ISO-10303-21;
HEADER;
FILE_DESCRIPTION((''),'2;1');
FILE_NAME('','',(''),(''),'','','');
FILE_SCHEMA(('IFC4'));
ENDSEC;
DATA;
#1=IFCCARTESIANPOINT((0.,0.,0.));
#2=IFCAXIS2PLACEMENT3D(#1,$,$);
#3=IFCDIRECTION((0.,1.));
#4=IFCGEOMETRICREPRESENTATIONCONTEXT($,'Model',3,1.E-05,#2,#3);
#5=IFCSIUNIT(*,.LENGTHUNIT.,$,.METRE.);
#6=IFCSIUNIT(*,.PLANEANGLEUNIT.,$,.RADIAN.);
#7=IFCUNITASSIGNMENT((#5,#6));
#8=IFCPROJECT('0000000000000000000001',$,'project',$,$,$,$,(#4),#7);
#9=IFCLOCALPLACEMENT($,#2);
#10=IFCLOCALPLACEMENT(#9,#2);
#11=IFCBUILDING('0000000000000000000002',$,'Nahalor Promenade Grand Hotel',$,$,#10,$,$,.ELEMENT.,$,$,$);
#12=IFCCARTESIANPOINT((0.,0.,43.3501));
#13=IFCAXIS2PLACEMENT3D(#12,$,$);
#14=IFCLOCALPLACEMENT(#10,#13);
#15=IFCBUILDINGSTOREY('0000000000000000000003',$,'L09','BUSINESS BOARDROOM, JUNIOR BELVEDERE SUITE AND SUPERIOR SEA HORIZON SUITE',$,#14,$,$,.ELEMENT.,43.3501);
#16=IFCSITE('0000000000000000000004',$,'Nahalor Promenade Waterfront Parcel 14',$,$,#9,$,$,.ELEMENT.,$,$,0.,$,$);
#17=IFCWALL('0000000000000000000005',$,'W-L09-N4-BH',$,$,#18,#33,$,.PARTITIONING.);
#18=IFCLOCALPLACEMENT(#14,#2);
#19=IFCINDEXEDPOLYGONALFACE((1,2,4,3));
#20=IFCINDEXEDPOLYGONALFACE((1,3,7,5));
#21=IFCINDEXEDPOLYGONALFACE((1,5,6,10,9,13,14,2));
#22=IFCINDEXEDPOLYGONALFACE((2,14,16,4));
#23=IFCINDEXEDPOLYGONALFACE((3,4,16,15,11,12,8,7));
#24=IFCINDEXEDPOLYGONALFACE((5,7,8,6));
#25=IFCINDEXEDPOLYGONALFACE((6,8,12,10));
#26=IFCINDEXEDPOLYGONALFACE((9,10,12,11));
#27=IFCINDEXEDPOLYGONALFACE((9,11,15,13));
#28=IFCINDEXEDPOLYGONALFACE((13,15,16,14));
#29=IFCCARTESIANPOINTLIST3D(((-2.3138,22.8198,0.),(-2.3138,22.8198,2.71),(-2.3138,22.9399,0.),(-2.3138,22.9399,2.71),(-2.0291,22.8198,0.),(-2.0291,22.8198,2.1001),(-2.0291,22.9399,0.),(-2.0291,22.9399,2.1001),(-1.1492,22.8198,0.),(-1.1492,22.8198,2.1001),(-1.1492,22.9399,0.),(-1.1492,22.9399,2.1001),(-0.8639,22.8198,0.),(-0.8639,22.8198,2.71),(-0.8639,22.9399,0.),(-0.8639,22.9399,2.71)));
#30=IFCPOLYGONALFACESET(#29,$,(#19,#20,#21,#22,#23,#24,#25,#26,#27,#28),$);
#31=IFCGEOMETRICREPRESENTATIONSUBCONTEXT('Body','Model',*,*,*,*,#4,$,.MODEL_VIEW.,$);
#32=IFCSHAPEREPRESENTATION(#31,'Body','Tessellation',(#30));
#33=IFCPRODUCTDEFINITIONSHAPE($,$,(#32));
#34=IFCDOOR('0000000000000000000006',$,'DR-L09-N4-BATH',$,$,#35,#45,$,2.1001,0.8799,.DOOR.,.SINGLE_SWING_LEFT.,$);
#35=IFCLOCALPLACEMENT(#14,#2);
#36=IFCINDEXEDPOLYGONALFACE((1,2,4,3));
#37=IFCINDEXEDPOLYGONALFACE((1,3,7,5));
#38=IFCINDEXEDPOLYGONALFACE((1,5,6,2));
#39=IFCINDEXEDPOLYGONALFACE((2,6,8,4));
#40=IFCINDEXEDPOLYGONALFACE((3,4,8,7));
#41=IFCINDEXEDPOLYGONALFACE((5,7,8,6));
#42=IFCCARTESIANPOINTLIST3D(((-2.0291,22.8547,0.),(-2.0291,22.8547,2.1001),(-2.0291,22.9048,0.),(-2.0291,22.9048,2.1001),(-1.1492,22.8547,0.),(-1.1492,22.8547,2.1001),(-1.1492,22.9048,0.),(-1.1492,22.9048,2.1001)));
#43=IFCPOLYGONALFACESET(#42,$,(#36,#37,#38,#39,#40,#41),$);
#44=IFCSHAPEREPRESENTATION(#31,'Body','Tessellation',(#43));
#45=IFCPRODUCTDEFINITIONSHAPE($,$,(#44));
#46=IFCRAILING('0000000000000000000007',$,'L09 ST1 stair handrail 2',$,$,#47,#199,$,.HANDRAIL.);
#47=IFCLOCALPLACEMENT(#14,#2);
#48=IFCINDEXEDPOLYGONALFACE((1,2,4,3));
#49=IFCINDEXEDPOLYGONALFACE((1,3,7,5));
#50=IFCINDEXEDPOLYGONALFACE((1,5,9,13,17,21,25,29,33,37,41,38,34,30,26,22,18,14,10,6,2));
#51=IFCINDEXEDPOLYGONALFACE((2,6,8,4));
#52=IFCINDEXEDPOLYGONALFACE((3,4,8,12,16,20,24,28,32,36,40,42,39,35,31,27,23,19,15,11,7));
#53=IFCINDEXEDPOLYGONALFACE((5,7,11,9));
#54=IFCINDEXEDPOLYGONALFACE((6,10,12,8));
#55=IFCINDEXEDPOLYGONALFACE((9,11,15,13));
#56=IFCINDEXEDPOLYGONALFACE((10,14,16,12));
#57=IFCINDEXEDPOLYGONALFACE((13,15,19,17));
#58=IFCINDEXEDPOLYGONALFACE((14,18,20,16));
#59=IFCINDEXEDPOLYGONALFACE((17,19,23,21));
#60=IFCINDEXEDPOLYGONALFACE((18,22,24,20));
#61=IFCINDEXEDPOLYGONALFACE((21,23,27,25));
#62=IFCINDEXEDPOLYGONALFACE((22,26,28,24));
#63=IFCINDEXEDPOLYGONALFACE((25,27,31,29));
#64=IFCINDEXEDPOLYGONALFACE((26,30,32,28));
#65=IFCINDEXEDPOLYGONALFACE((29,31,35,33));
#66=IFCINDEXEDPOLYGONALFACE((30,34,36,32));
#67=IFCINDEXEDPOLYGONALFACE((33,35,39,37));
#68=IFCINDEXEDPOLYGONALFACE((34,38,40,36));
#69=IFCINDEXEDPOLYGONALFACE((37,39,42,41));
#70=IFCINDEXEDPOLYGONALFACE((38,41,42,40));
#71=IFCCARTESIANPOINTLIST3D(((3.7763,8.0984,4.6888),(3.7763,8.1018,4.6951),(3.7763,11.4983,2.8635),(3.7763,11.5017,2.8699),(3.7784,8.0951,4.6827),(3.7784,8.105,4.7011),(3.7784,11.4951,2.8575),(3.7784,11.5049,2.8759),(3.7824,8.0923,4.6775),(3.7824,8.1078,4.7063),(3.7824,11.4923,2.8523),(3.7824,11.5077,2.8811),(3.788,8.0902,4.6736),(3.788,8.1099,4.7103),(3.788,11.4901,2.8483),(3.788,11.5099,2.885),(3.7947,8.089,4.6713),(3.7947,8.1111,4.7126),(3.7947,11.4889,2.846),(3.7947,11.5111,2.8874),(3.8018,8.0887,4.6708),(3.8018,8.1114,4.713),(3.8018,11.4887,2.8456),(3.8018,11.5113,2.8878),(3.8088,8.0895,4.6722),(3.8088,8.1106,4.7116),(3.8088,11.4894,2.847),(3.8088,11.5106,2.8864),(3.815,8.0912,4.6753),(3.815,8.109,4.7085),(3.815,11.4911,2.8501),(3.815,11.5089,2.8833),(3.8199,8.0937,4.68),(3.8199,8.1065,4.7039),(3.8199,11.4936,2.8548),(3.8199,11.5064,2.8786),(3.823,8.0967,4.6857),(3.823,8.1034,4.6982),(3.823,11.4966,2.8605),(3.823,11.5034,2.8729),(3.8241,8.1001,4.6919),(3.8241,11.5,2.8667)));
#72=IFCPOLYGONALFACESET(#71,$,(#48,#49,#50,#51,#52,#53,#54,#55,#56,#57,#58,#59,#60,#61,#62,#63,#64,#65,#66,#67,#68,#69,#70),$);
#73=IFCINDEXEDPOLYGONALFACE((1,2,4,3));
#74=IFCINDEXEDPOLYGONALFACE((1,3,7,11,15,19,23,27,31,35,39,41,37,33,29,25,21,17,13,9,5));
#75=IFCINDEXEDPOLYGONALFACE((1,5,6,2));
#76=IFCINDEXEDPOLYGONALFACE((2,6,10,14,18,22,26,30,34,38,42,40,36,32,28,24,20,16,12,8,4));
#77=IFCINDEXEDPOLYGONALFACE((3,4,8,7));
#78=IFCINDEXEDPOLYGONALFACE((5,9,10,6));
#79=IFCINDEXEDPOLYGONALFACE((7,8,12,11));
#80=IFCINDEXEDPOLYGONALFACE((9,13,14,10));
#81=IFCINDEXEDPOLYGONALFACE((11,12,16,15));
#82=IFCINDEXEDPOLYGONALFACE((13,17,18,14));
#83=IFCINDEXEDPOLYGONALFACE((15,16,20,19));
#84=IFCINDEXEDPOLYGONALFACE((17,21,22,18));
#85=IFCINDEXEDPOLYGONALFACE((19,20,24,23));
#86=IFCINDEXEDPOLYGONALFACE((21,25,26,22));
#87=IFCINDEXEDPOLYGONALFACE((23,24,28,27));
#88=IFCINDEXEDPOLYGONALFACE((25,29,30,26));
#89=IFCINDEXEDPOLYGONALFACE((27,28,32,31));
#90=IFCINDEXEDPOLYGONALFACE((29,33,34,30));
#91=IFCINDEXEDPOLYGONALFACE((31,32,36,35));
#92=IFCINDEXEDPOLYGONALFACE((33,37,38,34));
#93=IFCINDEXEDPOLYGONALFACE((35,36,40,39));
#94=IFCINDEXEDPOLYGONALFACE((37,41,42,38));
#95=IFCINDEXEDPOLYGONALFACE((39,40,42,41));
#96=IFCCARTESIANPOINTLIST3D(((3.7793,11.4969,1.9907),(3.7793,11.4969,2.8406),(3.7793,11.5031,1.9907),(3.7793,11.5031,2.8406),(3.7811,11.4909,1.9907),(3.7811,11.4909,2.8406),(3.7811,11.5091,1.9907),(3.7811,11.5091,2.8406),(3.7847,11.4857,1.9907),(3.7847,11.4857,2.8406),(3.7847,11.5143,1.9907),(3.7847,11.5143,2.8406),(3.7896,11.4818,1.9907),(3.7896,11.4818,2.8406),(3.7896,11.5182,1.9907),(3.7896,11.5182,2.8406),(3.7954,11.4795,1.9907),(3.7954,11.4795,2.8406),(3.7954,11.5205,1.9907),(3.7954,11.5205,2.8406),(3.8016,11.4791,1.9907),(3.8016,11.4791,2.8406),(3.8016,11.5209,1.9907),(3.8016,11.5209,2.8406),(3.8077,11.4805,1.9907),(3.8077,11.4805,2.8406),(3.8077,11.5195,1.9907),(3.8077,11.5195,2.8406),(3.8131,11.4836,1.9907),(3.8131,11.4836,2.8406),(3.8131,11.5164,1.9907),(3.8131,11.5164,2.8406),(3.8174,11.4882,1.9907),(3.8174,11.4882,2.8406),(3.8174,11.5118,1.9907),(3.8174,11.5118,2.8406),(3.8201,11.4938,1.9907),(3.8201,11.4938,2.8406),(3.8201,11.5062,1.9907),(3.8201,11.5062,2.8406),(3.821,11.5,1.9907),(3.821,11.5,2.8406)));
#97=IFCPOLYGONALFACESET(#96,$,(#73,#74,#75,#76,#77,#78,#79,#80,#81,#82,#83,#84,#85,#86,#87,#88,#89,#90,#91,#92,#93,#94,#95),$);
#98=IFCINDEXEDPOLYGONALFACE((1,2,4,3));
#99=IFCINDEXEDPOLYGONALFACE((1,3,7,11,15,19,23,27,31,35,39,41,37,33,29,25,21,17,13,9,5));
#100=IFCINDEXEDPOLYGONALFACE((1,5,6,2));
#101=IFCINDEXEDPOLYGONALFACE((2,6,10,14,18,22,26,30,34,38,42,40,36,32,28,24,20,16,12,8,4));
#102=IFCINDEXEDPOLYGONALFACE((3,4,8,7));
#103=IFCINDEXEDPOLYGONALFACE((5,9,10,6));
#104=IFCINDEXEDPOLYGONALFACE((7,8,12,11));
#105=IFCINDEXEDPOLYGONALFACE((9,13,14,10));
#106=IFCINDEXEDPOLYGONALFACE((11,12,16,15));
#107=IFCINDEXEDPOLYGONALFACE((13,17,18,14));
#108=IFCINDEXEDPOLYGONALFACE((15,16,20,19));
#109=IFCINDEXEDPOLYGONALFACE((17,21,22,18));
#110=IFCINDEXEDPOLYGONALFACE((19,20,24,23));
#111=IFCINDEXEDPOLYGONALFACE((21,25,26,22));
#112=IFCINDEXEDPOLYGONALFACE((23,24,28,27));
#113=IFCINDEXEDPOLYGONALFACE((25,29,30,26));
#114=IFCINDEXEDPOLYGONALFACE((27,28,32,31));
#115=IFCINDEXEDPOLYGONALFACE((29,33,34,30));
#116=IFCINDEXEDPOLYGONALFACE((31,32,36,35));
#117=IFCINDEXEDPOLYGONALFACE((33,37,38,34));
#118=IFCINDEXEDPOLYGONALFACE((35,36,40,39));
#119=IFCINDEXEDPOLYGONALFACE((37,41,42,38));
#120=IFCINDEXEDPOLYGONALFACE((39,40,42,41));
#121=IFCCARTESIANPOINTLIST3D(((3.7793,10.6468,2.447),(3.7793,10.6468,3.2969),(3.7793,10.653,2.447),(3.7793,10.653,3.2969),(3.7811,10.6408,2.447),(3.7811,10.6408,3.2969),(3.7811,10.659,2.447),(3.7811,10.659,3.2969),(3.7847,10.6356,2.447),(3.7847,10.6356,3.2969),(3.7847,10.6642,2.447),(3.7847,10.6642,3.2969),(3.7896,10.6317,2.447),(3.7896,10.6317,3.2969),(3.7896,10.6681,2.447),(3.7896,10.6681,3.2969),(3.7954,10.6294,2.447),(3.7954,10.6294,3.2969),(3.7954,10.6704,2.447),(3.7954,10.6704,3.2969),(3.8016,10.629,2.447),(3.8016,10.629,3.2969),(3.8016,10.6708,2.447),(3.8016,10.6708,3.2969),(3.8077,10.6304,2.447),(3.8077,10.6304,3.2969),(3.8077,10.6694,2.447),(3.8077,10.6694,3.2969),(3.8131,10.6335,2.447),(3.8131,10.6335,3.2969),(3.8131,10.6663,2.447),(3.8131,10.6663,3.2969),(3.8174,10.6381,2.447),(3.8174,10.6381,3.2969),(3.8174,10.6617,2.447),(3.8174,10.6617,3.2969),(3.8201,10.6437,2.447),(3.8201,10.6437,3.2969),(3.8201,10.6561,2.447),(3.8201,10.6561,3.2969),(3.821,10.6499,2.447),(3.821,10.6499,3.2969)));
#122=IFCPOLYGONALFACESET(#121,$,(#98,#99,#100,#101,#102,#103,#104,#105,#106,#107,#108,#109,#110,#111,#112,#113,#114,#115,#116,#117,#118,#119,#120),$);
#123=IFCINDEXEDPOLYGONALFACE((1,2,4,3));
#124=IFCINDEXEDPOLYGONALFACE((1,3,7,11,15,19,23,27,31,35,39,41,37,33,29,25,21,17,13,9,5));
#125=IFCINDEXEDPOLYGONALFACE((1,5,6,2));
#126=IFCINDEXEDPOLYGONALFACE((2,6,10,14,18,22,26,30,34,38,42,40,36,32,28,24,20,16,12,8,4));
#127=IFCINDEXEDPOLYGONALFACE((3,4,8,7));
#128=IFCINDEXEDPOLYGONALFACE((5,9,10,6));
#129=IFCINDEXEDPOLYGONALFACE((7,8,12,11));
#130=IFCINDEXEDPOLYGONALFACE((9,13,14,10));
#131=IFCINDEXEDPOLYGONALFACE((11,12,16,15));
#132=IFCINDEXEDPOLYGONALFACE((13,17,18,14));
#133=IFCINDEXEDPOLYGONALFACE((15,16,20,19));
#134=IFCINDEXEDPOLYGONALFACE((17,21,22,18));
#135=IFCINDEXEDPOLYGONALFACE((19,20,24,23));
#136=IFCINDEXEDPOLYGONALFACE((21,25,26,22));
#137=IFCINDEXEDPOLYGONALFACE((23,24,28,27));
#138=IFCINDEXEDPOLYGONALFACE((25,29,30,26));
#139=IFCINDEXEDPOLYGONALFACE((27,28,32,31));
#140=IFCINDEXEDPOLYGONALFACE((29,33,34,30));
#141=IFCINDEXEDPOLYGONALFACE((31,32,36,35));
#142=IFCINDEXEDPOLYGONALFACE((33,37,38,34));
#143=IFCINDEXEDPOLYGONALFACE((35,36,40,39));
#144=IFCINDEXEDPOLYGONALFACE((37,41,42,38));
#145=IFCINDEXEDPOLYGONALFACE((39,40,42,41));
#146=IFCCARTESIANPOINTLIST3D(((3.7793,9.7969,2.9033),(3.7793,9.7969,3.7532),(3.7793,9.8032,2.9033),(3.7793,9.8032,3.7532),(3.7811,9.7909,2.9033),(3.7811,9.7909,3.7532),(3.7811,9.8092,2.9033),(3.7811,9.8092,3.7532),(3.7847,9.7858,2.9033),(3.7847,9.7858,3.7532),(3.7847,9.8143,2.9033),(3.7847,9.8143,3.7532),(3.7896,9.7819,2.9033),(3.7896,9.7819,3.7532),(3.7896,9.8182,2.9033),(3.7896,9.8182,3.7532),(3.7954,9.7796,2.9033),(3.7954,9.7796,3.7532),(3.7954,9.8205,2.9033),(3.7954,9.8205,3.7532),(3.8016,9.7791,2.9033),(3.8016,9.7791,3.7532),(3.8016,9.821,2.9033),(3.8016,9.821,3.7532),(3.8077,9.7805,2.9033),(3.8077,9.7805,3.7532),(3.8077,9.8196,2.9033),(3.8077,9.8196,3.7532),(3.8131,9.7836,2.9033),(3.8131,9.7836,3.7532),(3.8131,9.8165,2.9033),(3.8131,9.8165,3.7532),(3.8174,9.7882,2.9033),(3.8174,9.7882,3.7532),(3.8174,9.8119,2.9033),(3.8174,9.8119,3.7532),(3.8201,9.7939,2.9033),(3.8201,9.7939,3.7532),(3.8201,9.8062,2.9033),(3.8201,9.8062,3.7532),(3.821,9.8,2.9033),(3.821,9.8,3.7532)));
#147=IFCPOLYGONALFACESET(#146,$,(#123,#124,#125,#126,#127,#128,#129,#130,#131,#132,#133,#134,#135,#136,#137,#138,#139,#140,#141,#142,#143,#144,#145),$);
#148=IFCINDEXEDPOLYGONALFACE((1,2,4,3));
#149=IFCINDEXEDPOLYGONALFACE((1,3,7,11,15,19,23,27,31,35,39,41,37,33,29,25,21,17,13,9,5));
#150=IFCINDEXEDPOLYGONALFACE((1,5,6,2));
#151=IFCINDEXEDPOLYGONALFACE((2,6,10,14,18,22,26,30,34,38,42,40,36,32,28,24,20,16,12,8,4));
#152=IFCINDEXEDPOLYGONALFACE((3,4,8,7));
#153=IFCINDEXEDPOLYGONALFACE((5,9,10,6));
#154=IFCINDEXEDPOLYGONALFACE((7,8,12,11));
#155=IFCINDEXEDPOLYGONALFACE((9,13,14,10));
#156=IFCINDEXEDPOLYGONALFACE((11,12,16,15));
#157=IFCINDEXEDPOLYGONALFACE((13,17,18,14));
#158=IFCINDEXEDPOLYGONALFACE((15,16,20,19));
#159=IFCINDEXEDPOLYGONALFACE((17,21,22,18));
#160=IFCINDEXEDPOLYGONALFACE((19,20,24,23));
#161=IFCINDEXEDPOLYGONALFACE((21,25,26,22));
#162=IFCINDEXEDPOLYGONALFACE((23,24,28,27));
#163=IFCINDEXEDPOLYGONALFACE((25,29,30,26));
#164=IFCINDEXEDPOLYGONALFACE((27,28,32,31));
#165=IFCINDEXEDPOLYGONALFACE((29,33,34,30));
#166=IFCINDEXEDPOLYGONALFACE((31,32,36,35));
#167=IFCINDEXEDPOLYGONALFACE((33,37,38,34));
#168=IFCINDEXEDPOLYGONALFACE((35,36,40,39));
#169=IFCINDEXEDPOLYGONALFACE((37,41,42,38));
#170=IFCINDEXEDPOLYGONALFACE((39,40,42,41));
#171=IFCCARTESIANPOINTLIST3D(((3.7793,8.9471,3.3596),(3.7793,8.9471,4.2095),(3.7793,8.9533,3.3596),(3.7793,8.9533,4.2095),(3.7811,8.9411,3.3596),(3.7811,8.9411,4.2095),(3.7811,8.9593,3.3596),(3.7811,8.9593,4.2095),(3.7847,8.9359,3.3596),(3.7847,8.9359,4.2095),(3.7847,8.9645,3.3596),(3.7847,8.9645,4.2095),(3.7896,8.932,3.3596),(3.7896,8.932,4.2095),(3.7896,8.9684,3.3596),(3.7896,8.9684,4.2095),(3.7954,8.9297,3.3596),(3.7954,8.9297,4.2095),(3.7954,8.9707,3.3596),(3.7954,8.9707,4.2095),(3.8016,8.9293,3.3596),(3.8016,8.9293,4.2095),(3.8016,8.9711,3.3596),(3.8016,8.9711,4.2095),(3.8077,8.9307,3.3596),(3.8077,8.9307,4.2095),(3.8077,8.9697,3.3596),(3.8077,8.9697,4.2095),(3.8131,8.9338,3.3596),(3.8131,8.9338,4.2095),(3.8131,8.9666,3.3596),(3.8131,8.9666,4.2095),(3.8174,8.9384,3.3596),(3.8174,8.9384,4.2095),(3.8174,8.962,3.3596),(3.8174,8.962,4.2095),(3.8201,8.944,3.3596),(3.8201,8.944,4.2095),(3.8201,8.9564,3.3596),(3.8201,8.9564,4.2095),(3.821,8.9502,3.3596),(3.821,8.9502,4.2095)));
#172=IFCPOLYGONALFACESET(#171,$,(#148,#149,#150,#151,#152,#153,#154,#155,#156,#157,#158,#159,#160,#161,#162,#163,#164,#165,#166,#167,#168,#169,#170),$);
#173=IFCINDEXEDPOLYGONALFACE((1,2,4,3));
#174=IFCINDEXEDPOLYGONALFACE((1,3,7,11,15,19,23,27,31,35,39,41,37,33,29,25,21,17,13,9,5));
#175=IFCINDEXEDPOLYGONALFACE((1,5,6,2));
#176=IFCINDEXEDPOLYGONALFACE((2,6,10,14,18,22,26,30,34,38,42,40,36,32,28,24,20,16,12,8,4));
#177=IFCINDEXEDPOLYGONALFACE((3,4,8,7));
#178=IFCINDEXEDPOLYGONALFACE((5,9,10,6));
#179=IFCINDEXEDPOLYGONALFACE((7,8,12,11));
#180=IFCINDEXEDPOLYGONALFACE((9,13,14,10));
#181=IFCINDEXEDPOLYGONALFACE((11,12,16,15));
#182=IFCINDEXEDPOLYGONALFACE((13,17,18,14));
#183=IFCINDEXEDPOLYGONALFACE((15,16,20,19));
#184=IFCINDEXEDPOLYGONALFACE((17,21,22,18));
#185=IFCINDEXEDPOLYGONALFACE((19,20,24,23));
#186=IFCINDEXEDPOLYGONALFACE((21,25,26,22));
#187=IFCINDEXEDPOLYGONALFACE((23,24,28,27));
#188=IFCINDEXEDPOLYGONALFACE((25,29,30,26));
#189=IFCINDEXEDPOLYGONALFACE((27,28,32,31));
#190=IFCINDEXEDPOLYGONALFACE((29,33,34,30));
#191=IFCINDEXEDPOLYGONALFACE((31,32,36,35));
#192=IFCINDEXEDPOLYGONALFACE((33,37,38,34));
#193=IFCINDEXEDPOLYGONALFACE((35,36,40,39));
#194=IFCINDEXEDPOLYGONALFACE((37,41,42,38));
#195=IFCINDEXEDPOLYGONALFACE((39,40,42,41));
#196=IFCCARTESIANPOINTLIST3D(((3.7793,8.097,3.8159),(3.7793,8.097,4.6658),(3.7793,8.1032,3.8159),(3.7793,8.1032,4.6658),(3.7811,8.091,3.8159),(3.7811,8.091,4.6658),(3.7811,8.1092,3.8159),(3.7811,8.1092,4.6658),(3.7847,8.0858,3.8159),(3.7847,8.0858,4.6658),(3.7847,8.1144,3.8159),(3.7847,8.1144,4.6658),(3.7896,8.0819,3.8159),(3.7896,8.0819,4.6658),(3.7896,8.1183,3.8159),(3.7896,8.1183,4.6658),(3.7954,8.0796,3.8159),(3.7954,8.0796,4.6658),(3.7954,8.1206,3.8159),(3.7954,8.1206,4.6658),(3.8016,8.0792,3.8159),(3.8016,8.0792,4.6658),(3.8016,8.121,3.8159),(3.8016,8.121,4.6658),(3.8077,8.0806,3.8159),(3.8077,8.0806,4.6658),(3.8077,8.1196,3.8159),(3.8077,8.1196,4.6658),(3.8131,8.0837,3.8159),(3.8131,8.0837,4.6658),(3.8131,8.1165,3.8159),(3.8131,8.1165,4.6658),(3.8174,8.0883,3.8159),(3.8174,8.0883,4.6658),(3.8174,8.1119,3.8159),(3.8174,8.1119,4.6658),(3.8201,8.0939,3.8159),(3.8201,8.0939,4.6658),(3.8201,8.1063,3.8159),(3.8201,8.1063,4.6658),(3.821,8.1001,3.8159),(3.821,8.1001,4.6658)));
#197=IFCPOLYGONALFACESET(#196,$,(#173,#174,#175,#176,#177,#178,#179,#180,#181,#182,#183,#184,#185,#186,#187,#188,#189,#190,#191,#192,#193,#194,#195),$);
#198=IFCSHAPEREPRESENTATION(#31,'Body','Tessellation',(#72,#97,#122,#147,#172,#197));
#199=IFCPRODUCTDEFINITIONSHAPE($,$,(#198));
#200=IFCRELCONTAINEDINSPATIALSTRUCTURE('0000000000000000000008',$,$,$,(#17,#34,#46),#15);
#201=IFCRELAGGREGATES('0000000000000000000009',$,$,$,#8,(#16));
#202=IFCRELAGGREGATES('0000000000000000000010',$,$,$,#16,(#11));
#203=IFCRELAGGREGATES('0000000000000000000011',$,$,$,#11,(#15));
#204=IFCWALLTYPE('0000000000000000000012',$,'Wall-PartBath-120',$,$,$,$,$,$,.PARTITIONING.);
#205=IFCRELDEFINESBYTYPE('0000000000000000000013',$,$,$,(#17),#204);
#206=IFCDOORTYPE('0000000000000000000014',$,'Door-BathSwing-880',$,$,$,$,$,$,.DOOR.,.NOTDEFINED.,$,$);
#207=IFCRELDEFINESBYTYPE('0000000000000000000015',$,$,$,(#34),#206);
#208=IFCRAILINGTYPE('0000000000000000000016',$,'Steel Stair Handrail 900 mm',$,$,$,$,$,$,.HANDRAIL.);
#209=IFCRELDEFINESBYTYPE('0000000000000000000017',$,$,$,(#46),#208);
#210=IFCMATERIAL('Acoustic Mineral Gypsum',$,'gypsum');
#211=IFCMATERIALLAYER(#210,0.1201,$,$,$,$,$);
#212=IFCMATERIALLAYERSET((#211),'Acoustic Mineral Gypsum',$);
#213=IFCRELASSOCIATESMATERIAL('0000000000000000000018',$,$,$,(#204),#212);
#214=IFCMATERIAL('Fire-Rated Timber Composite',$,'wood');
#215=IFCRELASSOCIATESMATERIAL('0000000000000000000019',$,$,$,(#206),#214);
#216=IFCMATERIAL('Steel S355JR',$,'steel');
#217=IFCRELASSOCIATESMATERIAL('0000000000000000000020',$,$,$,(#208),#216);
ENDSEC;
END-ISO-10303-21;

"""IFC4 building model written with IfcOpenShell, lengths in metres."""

from ifc_helpers import new_model, si_unit, direction, frame, frame_2d, origin, origin_2d, place, context, subcontext, project, spatial, rectangle, circle, extrude, source, transform, mapped, material, layer, layer_set, type_object, element, fill, save


model = new_model("IFC4")

# Units and contexts
model_context = context("Model", 3, precision=1e-05, world=origin(), true_north=direction((0.0, 1.0)))
body_context = subcontext(model_context, "Body", "Model", "MODEL_VIEW")
ifc_project = project(units=[si_unit("LENGTHUNIT", "METRE"), si_unit("PLANEANGLEUNIT", "RADIAN")], contexts=[model_context])

# Site, building, storey
site_placement = place(None, origin())
site = spatial("IfcSite", under=ifc_project, at=site_placement, Name="Nahalor Promenade Waterfront Parcel 14", CompositionType="ELEMENT", RefElevation=0.0)
building_placement = place(site_placement, origin())
building = spatial("IfcBuilding", under=site, at=building_placement, Name="Nahalor Promenade Grand Hotel", CompositionType="ELEMENT")
storey_placement = place(building_placement, frame((0.0, 0.0, 43.3501)))
storey = spatial("IfcBuildingStorey", under=building, at=storey_placement, Name="L09", Description="BUSINESS BOARDROOM, JUNIOR BELVEDERE SUITE AND SUPERIOR SEA HORIZON SUITE", CompositionType="ELEMENT", Elevation=43.3501)

# Shared definitions
ifc_material_1 = material(Name="Steel S355JR", Category="steel")

# Shared definitions
ifc_material_2 = material(Name="Acoustic Mineral Gypsum", Category="gypsum")
ifc_layer_1 = layer(ifc_material_2, 0.1201)
ifc_layer_set_1 = layer_set([ifc_layer_1], Name="Acoustic Mineral Gypsum")
wall_type_1 = type_object("IfcWallType", Name="Wall-PartBath-120", PredefinedType="PARTITIONING", material=ifc_layer_set_1)
ifc_material_3 = material(Name="Fire-Rated Timber Composite", Category="wood")
door_type = type_object("IfcDoorType", Name="Door-BathSwing-880", OperationType="NOTDEFINED", PredefinedType="DOOR", material=ifc_material_3)
shared_shape_1 = source(origin(), body_context, "Body", "SweptSolid", [
    extrude(rectangle(XDim=0.8799, YDim=2.1001, at=frame_2d((0.4399, 1.05))), frame((0.0, 0.0249, 0.0), z_axis=(0.0, -1.0, 0.0), x_axis=(1.0, 0.0, 0.0)), (0.0, 0.0, 1.0), 0.05),
])

# Wall, opening, door
shared_shape_2 = source(origin(), body_context, "Body", "SweptSolid", [
    extrude(rectangle(XDim=1.45, YDim=0.1201, at=frame_2d((0.7251, 0.0))), origin(), (0.0, 0.0, 1.0), 2.71),
])
wall_1_placement = place(storey_placement, frame((-2.314, 22.8799, 0.0), z_axis=(0.0, 0.0, 1.0), x_axis=(1.0, 0.0, 0.0)))
wall_1 = element("IfcWall", 1, at=wall_1_placement, inside=storey, type_object=wall_type_1, Name="W-L09-N4-BH", PredefinedType="PARTITIONING", context=body_context, shape_type="MappedRepresentation", body=[
    mapped(shared_shape_2, transform((0.0, 0.0, 0.0), scale=1.0)),
])
opening_1_placement = place(wall_1_placement, frame((0.2849, 0.0, 0.0)))
opening_1 = element("IfcOpeningElement", 2, at=opening_1_placement, cuts=wall_1, PredefinedType="OPENING", context=body_context, shape_type="SweptSolid", body=[
    extrude(rectangle(XDim=0.8799, YDim=2.1001, at=frame_2d((0.4399, 1.05))), frame((0.0, 0.0701, 0.0), z_axis=(0.0, -1.0, 0.0), x_axis=(1.0, 0.0, 0.0)), (0.0, 0.0, 1.0), 0.1401),
])
door_1_placement = place(opening_1_placement, origin())
door_1 = element("IfcDoor", 3, at=door_1_placement, inside=storey, type_object=door_type, Name="DR-L09-N4-BATH", OperationType="SINGLE_SWING_LEFT", OverallHeight=2.1001, OverallWidth=0.8799, PredefinedType="DOOR", context=body_context, shape_type="MappedRepresentation", body=[
    mapped(shared_shape_1, transform((0.0, 0.0, 0.0), scale=1.0)),
])
fill(opening_1, door_1)

# Railing
railing_type = type_object("IfcRailingType", Name="Steel Stair Handrail 900 mm", PredefinedType="HANDRAIL", material=ifc_material_1)
railing_placement = place(storey_placement, frame((3.8, 11.5, 1.9907)))
element("IfcRailing", 4, at=railing_placement, inside=storey, type_object=railing_type, Name="L09 ST1 stair handrail 2", PredefinedType="HANDRAIL", context=body_context, shape_type="SweptSolid", body=[
    extrude(circle(Radius=0.024, at=origin_2d()), frame((0.0, 0.0, 0.876), z_axis=(0.0, -0.881068, 0.47299), x_axis=(1.0, 0.0, 0.0)), (0.0, 0.0, 1.0), 3.8589),
    extrude(circle(Radius=0.021, at=origin_2d()), origin(), (0.0, 0.0, 1.0), 0.8499),
    extrude(circle(Radius=0.021, at=origin_2d()), frame((0.0, -0.8501, 0.4563)), (0.0, 0.0, 1.0), 0.8499),
    extrude(circle(Radius=0.021, at=origin_2d()), frame((0.0, -1.7, 0.9126)), (0.0, 0.0, 1.0), 0.8499),
    extrude(circle(Radius=0.021, at=origin_2d()), frame((0.0, -2.5498, 1.3689)), (0.0, 0.0, 1.0), 0.8499),
    extrude(circle(Radius=0.021, at=origin_2d()), frame((0.0, -3.3999, 1.8252)), (0.0, 0.0, 1.0), 0.8499),
])

save(model, "model.ifc")
